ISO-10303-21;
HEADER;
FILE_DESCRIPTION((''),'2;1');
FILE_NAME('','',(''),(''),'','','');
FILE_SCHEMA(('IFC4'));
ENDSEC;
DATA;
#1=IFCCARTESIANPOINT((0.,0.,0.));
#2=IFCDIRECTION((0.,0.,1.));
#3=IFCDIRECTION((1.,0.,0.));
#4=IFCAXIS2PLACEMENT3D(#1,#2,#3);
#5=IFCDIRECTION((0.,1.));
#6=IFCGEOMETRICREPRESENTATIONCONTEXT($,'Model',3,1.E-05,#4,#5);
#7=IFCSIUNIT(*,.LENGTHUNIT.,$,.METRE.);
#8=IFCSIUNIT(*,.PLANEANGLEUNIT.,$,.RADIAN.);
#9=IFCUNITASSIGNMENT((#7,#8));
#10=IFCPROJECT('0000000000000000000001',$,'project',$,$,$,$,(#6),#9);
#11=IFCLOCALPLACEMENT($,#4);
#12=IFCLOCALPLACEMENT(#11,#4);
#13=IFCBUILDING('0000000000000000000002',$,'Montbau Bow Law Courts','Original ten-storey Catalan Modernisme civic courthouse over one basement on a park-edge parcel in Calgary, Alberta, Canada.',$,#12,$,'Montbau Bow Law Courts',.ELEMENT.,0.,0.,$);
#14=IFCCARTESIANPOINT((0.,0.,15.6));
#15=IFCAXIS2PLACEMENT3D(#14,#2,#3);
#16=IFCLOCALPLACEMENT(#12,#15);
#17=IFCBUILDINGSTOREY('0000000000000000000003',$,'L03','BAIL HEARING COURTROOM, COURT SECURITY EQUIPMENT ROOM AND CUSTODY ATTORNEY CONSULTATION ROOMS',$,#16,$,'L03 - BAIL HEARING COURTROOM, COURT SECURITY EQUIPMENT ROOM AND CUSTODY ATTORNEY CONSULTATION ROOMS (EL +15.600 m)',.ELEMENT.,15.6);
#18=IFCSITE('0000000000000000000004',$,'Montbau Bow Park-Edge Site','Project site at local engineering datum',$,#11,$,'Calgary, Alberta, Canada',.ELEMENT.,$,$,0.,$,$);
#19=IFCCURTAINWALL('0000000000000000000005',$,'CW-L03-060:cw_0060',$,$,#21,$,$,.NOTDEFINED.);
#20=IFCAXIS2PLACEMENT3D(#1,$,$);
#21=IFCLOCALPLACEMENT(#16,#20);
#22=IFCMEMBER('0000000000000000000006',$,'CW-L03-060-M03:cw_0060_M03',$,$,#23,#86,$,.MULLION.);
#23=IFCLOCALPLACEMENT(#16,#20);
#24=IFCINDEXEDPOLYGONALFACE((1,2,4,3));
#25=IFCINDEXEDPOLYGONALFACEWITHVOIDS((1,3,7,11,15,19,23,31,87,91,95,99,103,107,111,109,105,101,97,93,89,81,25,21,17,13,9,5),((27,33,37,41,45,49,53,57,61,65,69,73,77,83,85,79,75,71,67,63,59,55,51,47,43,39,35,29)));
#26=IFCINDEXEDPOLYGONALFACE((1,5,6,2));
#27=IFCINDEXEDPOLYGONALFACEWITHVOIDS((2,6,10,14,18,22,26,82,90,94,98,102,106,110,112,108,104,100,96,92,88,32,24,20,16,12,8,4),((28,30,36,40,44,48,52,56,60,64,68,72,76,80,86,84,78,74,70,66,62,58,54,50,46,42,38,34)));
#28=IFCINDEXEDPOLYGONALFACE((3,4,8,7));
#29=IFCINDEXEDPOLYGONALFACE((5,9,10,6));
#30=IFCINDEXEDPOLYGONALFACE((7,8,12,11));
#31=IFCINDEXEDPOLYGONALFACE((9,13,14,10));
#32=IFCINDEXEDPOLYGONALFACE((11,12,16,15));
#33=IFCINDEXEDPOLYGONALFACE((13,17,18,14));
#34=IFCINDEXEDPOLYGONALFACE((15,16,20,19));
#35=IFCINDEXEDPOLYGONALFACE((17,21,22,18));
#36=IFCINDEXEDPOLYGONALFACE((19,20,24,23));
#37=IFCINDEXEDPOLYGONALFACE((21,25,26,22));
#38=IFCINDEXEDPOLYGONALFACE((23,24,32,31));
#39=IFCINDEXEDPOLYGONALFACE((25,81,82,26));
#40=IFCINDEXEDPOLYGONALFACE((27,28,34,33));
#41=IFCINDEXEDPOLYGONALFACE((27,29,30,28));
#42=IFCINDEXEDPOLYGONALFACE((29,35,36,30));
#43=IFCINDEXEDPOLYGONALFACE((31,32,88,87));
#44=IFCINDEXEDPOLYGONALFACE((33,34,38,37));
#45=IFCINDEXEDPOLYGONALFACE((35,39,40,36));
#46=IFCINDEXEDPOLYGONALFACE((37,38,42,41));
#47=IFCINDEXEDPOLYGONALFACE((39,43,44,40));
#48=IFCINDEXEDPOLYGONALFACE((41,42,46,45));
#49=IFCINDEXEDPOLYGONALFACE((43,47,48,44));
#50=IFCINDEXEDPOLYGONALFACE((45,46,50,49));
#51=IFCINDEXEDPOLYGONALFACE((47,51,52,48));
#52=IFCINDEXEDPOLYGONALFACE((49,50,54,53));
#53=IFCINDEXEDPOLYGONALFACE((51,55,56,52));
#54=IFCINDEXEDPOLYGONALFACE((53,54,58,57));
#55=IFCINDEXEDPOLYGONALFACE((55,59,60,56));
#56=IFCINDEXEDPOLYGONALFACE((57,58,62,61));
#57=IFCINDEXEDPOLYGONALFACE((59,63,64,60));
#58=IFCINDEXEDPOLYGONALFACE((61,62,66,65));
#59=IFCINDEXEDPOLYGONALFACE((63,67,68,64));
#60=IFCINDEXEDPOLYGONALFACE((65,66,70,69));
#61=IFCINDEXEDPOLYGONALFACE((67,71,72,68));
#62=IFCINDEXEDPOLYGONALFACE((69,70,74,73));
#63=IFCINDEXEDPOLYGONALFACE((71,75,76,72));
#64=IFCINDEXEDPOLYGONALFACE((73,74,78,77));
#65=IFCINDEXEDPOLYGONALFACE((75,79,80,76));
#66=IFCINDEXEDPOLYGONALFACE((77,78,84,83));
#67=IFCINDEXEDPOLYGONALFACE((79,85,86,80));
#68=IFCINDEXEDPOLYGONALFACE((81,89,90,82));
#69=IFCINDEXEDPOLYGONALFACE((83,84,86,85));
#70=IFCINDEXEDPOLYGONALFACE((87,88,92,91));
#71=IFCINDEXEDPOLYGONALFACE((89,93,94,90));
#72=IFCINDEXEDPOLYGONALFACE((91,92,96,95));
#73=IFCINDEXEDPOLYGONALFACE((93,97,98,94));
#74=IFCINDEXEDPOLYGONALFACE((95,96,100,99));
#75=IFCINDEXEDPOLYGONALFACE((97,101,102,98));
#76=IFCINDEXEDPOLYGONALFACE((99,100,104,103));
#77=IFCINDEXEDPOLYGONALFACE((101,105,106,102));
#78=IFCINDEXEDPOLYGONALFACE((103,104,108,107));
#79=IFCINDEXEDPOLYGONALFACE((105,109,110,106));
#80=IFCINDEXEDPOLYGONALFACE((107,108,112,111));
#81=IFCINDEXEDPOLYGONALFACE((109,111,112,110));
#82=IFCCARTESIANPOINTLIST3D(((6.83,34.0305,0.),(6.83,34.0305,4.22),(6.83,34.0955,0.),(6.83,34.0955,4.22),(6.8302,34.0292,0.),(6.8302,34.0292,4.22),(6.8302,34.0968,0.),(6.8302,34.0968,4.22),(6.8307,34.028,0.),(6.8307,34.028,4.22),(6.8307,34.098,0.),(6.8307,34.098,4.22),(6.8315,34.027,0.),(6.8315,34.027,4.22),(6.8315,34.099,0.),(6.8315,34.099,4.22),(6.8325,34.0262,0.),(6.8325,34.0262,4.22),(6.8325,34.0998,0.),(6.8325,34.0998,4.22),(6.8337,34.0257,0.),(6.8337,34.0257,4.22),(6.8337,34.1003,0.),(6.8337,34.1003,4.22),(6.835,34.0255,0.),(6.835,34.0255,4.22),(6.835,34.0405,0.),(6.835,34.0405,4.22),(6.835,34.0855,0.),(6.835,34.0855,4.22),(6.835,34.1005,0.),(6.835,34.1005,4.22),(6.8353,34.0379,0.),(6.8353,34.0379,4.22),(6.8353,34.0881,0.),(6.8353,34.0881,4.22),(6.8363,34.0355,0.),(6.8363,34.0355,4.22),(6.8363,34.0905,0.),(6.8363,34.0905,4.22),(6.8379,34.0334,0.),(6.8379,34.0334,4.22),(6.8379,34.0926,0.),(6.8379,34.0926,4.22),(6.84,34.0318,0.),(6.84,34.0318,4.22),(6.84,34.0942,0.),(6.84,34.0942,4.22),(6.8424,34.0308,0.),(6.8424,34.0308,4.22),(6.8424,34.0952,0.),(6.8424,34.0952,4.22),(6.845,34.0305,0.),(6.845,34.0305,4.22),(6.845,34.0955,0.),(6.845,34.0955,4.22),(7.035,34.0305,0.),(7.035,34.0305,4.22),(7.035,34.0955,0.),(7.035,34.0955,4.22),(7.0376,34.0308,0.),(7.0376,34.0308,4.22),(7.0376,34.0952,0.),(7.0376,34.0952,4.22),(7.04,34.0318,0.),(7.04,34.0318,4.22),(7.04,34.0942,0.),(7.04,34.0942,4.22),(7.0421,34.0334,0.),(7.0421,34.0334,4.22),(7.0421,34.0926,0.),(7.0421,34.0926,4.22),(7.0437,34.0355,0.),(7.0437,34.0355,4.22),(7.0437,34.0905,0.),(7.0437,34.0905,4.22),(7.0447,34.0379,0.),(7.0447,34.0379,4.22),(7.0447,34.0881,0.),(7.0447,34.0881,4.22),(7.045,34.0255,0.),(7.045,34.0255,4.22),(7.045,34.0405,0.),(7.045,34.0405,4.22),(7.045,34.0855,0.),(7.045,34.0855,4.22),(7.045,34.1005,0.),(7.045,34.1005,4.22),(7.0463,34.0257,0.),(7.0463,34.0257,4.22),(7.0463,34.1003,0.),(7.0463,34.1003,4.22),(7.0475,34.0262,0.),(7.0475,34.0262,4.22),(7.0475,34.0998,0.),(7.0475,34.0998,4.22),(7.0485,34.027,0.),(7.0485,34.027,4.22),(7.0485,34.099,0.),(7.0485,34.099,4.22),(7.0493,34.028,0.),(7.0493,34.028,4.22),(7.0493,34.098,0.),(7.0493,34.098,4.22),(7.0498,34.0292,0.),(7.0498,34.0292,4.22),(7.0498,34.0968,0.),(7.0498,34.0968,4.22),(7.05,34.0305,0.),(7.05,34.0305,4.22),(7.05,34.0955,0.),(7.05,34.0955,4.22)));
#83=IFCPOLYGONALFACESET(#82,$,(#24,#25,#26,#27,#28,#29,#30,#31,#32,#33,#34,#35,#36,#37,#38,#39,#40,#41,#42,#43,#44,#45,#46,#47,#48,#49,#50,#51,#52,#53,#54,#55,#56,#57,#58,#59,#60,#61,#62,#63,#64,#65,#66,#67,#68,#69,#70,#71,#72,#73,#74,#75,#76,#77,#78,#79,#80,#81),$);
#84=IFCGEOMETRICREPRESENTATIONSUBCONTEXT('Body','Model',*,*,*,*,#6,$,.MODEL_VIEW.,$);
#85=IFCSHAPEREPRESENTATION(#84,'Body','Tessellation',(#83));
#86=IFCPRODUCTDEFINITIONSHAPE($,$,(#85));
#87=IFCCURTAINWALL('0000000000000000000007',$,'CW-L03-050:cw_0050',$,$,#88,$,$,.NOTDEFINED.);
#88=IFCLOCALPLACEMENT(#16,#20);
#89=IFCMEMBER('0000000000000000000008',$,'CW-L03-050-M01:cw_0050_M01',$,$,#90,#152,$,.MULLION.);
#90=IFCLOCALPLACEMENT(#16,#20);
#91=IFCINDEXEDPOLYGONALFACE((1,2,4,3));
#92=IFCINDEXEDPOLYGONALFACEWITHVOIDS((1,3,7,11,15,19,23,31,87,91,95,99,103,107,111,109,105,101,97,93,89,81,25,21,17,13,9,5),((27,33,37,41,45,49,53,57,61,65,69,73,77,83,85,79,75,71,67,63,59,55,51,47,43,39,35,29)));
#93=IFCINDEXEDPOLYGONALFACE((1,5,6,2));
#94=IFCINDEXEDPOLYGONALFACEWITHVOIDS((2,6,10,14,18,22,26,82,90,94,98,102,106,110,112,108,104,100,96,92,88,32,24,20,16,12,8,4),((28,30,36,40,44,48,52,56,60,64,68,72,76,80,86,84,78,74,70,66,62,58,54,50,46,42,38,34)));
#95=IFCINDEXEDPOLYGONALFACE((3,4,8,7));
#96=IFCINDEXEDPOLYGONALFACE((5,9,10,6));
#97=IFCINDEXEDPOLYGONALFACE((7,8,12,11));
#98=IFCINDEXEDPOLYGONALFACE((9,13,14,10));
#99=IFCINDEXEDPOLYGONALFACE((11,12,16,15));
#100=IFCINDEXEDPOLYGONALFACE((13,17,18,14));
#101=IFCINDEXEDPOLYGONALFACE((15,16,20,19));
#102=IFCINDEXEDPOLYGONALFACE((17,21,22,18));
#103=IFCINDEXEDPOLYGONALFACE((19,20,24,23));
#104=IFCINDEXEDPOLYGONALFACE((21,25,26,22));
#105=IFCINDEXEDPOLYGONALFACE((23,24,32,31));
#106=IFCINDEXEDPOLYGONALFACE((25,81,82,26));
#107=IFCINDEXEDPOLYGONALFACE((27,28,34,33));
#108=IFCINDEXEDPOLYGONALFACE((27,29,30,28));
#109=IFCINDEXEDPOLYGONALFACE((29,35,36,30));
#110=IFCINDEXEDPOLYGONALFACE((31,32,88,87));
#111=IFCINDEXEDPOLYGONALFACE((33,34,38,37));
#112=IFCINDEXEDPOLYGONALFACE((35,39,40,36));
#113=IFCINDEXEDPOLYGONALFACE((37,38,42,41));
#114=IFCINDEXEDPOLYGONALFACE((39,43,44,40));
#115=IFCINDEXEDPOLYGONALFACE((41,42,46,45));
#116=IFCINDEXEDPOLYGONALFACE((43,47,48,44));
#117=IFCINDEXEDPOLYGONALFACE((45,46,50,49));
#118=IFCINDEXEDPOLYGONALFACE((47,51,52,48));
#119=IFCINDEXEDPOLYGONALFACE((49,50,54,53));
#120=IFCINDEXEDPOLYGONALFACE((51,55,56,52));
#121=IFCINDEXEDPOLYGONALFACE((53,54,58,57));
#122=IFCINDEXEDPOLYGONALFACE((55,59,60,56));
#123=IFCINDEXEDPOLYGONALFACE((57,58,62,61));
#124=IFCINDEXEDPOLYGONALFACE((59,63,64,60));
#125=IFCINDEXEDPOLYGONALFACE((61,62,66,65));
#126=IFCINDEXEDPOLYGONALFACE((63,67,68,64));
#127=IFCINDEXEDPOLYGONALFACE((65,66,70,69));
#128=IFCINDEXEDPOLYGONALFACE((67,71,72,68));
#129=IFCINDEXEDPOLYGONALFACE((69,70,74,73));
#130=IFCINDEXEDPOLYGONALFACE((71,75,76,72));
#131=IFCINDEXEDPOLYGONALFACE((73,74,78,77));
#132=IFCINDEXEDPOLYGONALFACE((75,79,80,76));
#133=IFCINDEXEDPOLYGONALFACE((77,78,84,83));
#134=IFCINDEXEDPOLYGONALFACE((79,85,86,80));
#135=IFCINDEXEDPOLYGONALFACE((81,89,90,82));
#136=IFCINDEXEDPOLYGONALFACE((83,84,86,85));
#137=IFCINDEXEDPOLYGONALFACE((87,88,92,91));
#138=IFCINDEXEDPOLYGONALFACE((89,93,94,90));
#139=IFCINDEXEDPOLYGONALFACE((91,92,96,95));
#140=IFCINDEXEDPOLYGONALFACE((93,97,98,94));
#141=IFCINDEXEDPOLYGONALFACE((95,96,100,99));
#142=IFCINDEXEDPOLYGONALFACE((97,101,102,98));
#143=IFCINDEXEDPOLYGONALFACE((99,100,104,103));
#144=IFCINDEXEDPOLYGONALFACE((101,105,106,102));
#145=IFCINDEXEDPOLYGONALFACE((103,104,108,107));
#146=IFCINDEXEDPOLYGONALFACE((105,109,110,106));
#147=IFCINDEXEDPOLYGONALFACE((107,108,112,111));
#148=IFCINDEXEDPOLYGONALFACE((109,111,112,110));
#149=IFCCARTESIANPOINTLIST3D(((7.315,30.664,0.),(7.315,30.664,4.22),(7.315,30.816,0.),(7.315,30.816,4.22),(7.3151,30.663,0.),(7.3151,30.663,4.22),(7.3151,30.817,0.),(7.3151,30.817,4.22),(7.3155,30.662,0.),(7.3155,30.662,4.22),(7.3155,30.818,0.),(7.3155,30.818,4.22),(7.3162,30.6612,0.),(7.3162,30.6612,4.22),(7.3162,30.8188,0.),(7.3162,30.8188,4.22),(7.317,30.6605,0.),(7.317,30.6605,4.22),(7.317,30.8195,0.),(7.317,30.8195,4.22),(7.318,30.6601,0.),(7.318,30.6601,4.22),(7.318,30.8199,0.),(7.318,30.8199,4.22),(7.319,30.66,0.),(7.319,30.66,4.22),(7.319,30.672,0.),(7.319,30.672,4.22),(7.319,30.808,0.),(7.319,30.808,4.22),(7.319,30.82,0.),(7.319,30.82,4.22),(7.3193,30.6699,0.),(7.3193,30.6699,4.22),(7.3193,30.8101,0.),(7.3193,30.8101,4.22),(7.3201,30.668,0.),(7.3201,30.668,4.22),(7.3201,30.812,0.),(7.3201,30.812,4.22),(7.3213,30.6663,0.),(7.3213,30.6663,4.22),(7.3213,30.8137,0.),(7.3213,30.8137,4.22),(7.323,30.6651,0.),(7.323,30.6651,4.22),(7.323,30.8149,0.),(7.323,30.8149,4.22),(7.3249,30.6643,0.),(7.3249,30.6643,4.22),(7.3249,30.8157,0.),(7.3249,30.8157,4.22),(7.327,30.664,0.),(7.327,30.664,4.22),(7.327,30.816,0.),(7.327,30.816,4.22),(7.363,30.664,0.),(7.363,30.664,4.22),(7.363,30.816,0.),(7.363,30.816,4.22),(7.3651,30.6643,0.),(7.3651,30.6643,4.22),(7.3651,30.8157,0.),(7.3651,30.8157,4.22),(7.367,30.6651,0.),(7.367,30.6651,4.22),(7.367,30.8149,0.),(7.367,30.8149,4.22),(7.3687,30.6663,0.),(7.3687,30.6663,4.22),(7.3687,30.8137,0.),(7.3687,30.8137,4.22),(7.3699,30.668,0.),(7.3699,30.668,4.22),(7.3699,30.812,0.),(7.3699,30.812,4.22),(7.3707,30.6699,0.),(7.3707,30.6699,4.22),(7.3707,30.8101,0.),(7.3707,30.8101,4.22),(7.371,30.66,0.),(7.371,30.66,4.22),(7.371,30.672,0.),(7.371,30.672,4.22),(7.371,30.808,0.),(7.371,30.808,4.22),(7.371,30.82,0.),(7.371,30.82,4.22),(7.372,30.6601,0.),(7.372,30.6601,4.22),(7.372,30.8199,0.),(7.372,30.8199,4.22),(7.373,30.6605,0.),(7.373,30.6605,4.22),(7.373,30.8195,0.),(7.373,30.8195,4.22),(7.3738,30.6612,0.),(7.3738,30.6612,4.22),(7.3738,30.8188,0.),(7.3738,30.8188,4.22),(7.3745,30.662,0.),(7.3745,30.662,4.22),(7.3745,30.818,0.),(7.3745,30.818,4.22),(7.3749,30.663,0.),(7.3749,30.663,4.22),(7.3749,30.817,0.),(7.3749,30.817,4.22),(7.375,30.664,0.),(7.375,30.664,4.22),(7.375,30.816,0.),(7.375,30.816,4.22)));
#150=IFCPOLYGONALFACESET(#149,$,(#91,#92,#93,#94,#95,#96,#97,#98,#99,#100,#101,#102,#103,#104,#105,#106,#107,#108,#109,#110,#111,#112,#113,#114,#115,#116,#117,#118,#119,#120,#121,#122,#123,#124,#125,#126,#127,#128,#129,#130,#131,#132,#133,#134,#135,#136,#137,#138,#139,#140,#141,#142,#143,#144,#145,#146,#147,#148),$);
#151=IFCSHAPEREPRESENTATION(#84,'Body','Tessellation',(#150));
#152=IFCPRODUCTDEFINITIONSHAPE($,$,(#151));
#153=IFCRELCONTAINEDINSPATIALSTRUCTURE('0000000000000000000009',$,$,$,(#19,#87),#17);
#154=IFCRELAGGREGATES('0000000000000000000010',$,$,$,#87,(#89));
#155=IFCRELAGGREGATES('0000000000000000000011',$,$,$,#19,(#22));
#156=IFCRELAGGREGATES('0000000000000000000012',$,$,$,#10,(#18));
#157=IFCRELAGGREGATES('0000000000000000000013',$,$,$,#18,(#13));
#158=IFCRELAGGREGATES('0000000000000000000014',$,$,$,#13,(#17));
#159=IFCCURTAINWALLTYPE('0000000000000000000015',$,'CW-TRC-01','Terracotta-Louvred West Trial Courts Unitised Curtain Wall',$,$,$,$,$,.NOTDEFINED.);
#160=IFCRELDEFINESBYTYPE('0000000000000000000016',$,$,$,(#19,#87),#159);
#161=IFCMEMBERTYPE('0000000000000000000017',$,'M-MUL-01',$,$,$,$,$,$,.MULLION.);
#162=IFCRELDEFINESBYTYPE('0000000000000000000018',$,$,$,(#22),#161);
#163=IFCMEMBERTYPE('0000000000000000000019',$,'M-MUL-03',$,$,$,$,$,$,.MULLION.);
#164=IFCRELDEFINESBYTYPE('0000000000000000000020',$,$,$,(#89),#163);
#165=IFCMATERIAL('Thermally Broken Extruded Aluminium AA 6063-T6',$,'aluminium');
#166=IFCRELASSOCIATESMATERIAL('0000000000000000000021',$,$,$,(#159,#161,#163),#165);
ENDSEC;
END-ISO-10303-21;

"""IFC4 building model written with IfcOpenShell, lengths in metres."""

from ifc_helpers import new_model, si_unit, direction, frame, origin_with_axes, origin_2d_with_axis, place, context, subcontext, project, spatial, hollow_rectangle, extrude, material, material_profile, profile_set, type_object, element, aggregate, save


model = new_model("IFC4")

# Units and contexts
model_context = context("Model", 3, precision=1e-05, world=origin_with_axes(), true_north=direction((0.0, 1.0)))
body_context = subcontext(model_context, "Body", "Model", "MODEL_VIEW")
ifc_project = project(units=[si_unit("LENGTHUNIT", "METRE"), si_unit("PLANEANGLEUNIT", "RADIAN")], contexts=[model_context])

# Site, building, storey
site_placement = place(None, origin_with_axes())
site = spatial("IfcSite", under=ifc_project, at=site_placement, Name="Montbau Bow Park-Edge Site", Description="Project site at local engineering datum", LongName="Calgary, Alberta, Canada", CompositionType="ELEMENT", RefElevation=0.0)
building_placement = place(site_placement, origin_with_axes())
building = spatial("IfcBuilding", under=site, at=building_placement, Name="Montbau Bow Law Courts", Description="Original ten-storey Catalan Modernisme civic courthouse over one basement on a park-edge parcel in Calgary, Alberta, Canada.", LongName="Montbau Bow Law Courts", CompositionType="ELEMENT", ElevationOfRefHeight=0.0, ElevationOfTerrain=0.0)
storey_placement = place(building_placement, frame((0.0, 0.0, 15.6), z_axis=(0.0, 0.0, 1.0), x_axis=(1.0, 0.0, 0.0)))
storey = spatial("IfcBuildingStorey", under=building, at=storey_placement, Name="L03", Description="BAIL HEARING COURTROOM, COURT SECURITY EQUIPMENT ROOM AND CUSTODY ATTORNEY CONSULTATION ROOMS", LongName="L03 - BAIL HEARING COURTROOM, COURT SECURITY EQUIPMENT ROOM AND CUSTODY ATTORNEY CONSULTATION ROOMS (EL +15.600 m)", CompositionType="ELEMENT", Elevation=15.6)

# Curtain wall, member
ifc_material_1 = material(Name="Thermally Broken Extruded Aluminium AA 6063-T6", Category="aluminium")
curtain_wall_type = type_object("IfcCurtainWallType", Name="CW-TRC-01", Description="Terracotta-Louvred West Trial Courts Unitised Curtain Wall", PredefinedType="NOTDEFINED", material=ifc_material_1)
curtain_wall_1_placement = place(None, frame((6.94, 31.115, 15.6), z_axis=(0.0, 0.0, 1.0), x_axis=(1.0, 0.0, 0.0)))
curtain_wall_1 = element("IfcCurtainWall", 1, at=curtain_wall_1_placement, inside=storey, type_object=curtain_wall_type, Name="CW-L03-060:cw_0060", PredefinedType="NOTDEFINED")
ifc_material_profile_1 = material_profile(ifc_material_1, hollow_rectangle(XDim=0.075, YDim=0.22, WallThickness=0.005, InnerFilletRadius=0.01, OuterFilletRadius=0.005, at=origin_2d_with_axis()), Name="CWM-220X75", Category="Main", Priority=0)
ifc_profile_set_1 = profile_set([ifc_material_profile_1], Name="Thermally Broken Extruded Aluminium AA 6063-T6")
member_type_1 = type_object("IfcMemberType", Name="M-MUL-01", PredefinedType="MULLION", material=ifc_profile_set_1)
member_1_placement = place(None, frame((6.94, 34.063, 15.6), z_axis=(0.0, 0.0, 1.0), x_axis=(0.0, 1.0, 0.0)))
member_1 = element("IfcMember", 2, at=member_1_placement, type_object=member_type_1, Name="CW-L03-060-M03:cw_0060_M03", PredefinedType="MULLION", context=body_context, shape_type="SweptSolid", body=[
    extrude(hollow_rectangle(XDim=0.075, YDim=0.22, WallThickness=0.005, InnerFilletRadius=0.01, OuterFilletRadius=0.005, at=origin_2d_with_axis()), origin_with_axes(), (0.0, 0.0, 1.0), 4.22),
])

# Curtain wall, member
curtain_wall_2_placement = place(None, frame((7.315, 30.74, 15.6), z_axis=(0.0, 0.0, 1.0), x_axis=(1.0, 0.0, 0.0)))
curtain_wall_2 = element("IfcCurtainWall", 3, at=curtain_wall_2_placement, inside=storey, type_object=curtain_wall_type, Name="CW-L03-050:cw_0050", PredefinedType="NOTDEFINED")
ifc_material_profile_2 = material_profile(ifc_material_1, hollow_rectangle(XDim=0.06, YDim=0.16, WallThickness=0.004, InnerFilletRadius=0.008, OuterFilletRadius=0.004, at=origin_2d_with_axis()), Name="CWM-160X60", Category="Main", Priority=0)
ifc_profile_set_2 = profile_set([ifc_material_profile_2], Name="Thermally Broken Extruded Aluminium AA 6063-T6")
member_type_2 = type_object("IfcMemberType", Name="M-MUL-03", PredefinedType="MULLION", material=ifc_profile_set_2)
member_2_placement = place(None, frame((7.345, 30.74, 15.6), z_axis=(0.0, 0.0, 1.0), x_axis=(1.0, 0.0, 0.0)))
member_2 = element("IfcMember", 4, at=member_2_placement, type_object=member_type_2, Name="CW-L03-050-M01:cw_0050_M01", PredefinedType="MULLION", context=body_context, shape_type="SweptSolid", body=[
    extrude(hollow_rectangle(XDim=0.06, YDim=0.16, WallThickness=0.004, InnerFilletRadius=0.008, OuterFilletRadius=0.004, at=origin_2d_with_axis()), origin_with_axes(), (0.0, 0.0, 1.0), 4.22),
])

aggregate(curtain_wall_2, [member_2])
aggregate(curtain_wall_1, [member_1])

save(model, "model.ifc")
